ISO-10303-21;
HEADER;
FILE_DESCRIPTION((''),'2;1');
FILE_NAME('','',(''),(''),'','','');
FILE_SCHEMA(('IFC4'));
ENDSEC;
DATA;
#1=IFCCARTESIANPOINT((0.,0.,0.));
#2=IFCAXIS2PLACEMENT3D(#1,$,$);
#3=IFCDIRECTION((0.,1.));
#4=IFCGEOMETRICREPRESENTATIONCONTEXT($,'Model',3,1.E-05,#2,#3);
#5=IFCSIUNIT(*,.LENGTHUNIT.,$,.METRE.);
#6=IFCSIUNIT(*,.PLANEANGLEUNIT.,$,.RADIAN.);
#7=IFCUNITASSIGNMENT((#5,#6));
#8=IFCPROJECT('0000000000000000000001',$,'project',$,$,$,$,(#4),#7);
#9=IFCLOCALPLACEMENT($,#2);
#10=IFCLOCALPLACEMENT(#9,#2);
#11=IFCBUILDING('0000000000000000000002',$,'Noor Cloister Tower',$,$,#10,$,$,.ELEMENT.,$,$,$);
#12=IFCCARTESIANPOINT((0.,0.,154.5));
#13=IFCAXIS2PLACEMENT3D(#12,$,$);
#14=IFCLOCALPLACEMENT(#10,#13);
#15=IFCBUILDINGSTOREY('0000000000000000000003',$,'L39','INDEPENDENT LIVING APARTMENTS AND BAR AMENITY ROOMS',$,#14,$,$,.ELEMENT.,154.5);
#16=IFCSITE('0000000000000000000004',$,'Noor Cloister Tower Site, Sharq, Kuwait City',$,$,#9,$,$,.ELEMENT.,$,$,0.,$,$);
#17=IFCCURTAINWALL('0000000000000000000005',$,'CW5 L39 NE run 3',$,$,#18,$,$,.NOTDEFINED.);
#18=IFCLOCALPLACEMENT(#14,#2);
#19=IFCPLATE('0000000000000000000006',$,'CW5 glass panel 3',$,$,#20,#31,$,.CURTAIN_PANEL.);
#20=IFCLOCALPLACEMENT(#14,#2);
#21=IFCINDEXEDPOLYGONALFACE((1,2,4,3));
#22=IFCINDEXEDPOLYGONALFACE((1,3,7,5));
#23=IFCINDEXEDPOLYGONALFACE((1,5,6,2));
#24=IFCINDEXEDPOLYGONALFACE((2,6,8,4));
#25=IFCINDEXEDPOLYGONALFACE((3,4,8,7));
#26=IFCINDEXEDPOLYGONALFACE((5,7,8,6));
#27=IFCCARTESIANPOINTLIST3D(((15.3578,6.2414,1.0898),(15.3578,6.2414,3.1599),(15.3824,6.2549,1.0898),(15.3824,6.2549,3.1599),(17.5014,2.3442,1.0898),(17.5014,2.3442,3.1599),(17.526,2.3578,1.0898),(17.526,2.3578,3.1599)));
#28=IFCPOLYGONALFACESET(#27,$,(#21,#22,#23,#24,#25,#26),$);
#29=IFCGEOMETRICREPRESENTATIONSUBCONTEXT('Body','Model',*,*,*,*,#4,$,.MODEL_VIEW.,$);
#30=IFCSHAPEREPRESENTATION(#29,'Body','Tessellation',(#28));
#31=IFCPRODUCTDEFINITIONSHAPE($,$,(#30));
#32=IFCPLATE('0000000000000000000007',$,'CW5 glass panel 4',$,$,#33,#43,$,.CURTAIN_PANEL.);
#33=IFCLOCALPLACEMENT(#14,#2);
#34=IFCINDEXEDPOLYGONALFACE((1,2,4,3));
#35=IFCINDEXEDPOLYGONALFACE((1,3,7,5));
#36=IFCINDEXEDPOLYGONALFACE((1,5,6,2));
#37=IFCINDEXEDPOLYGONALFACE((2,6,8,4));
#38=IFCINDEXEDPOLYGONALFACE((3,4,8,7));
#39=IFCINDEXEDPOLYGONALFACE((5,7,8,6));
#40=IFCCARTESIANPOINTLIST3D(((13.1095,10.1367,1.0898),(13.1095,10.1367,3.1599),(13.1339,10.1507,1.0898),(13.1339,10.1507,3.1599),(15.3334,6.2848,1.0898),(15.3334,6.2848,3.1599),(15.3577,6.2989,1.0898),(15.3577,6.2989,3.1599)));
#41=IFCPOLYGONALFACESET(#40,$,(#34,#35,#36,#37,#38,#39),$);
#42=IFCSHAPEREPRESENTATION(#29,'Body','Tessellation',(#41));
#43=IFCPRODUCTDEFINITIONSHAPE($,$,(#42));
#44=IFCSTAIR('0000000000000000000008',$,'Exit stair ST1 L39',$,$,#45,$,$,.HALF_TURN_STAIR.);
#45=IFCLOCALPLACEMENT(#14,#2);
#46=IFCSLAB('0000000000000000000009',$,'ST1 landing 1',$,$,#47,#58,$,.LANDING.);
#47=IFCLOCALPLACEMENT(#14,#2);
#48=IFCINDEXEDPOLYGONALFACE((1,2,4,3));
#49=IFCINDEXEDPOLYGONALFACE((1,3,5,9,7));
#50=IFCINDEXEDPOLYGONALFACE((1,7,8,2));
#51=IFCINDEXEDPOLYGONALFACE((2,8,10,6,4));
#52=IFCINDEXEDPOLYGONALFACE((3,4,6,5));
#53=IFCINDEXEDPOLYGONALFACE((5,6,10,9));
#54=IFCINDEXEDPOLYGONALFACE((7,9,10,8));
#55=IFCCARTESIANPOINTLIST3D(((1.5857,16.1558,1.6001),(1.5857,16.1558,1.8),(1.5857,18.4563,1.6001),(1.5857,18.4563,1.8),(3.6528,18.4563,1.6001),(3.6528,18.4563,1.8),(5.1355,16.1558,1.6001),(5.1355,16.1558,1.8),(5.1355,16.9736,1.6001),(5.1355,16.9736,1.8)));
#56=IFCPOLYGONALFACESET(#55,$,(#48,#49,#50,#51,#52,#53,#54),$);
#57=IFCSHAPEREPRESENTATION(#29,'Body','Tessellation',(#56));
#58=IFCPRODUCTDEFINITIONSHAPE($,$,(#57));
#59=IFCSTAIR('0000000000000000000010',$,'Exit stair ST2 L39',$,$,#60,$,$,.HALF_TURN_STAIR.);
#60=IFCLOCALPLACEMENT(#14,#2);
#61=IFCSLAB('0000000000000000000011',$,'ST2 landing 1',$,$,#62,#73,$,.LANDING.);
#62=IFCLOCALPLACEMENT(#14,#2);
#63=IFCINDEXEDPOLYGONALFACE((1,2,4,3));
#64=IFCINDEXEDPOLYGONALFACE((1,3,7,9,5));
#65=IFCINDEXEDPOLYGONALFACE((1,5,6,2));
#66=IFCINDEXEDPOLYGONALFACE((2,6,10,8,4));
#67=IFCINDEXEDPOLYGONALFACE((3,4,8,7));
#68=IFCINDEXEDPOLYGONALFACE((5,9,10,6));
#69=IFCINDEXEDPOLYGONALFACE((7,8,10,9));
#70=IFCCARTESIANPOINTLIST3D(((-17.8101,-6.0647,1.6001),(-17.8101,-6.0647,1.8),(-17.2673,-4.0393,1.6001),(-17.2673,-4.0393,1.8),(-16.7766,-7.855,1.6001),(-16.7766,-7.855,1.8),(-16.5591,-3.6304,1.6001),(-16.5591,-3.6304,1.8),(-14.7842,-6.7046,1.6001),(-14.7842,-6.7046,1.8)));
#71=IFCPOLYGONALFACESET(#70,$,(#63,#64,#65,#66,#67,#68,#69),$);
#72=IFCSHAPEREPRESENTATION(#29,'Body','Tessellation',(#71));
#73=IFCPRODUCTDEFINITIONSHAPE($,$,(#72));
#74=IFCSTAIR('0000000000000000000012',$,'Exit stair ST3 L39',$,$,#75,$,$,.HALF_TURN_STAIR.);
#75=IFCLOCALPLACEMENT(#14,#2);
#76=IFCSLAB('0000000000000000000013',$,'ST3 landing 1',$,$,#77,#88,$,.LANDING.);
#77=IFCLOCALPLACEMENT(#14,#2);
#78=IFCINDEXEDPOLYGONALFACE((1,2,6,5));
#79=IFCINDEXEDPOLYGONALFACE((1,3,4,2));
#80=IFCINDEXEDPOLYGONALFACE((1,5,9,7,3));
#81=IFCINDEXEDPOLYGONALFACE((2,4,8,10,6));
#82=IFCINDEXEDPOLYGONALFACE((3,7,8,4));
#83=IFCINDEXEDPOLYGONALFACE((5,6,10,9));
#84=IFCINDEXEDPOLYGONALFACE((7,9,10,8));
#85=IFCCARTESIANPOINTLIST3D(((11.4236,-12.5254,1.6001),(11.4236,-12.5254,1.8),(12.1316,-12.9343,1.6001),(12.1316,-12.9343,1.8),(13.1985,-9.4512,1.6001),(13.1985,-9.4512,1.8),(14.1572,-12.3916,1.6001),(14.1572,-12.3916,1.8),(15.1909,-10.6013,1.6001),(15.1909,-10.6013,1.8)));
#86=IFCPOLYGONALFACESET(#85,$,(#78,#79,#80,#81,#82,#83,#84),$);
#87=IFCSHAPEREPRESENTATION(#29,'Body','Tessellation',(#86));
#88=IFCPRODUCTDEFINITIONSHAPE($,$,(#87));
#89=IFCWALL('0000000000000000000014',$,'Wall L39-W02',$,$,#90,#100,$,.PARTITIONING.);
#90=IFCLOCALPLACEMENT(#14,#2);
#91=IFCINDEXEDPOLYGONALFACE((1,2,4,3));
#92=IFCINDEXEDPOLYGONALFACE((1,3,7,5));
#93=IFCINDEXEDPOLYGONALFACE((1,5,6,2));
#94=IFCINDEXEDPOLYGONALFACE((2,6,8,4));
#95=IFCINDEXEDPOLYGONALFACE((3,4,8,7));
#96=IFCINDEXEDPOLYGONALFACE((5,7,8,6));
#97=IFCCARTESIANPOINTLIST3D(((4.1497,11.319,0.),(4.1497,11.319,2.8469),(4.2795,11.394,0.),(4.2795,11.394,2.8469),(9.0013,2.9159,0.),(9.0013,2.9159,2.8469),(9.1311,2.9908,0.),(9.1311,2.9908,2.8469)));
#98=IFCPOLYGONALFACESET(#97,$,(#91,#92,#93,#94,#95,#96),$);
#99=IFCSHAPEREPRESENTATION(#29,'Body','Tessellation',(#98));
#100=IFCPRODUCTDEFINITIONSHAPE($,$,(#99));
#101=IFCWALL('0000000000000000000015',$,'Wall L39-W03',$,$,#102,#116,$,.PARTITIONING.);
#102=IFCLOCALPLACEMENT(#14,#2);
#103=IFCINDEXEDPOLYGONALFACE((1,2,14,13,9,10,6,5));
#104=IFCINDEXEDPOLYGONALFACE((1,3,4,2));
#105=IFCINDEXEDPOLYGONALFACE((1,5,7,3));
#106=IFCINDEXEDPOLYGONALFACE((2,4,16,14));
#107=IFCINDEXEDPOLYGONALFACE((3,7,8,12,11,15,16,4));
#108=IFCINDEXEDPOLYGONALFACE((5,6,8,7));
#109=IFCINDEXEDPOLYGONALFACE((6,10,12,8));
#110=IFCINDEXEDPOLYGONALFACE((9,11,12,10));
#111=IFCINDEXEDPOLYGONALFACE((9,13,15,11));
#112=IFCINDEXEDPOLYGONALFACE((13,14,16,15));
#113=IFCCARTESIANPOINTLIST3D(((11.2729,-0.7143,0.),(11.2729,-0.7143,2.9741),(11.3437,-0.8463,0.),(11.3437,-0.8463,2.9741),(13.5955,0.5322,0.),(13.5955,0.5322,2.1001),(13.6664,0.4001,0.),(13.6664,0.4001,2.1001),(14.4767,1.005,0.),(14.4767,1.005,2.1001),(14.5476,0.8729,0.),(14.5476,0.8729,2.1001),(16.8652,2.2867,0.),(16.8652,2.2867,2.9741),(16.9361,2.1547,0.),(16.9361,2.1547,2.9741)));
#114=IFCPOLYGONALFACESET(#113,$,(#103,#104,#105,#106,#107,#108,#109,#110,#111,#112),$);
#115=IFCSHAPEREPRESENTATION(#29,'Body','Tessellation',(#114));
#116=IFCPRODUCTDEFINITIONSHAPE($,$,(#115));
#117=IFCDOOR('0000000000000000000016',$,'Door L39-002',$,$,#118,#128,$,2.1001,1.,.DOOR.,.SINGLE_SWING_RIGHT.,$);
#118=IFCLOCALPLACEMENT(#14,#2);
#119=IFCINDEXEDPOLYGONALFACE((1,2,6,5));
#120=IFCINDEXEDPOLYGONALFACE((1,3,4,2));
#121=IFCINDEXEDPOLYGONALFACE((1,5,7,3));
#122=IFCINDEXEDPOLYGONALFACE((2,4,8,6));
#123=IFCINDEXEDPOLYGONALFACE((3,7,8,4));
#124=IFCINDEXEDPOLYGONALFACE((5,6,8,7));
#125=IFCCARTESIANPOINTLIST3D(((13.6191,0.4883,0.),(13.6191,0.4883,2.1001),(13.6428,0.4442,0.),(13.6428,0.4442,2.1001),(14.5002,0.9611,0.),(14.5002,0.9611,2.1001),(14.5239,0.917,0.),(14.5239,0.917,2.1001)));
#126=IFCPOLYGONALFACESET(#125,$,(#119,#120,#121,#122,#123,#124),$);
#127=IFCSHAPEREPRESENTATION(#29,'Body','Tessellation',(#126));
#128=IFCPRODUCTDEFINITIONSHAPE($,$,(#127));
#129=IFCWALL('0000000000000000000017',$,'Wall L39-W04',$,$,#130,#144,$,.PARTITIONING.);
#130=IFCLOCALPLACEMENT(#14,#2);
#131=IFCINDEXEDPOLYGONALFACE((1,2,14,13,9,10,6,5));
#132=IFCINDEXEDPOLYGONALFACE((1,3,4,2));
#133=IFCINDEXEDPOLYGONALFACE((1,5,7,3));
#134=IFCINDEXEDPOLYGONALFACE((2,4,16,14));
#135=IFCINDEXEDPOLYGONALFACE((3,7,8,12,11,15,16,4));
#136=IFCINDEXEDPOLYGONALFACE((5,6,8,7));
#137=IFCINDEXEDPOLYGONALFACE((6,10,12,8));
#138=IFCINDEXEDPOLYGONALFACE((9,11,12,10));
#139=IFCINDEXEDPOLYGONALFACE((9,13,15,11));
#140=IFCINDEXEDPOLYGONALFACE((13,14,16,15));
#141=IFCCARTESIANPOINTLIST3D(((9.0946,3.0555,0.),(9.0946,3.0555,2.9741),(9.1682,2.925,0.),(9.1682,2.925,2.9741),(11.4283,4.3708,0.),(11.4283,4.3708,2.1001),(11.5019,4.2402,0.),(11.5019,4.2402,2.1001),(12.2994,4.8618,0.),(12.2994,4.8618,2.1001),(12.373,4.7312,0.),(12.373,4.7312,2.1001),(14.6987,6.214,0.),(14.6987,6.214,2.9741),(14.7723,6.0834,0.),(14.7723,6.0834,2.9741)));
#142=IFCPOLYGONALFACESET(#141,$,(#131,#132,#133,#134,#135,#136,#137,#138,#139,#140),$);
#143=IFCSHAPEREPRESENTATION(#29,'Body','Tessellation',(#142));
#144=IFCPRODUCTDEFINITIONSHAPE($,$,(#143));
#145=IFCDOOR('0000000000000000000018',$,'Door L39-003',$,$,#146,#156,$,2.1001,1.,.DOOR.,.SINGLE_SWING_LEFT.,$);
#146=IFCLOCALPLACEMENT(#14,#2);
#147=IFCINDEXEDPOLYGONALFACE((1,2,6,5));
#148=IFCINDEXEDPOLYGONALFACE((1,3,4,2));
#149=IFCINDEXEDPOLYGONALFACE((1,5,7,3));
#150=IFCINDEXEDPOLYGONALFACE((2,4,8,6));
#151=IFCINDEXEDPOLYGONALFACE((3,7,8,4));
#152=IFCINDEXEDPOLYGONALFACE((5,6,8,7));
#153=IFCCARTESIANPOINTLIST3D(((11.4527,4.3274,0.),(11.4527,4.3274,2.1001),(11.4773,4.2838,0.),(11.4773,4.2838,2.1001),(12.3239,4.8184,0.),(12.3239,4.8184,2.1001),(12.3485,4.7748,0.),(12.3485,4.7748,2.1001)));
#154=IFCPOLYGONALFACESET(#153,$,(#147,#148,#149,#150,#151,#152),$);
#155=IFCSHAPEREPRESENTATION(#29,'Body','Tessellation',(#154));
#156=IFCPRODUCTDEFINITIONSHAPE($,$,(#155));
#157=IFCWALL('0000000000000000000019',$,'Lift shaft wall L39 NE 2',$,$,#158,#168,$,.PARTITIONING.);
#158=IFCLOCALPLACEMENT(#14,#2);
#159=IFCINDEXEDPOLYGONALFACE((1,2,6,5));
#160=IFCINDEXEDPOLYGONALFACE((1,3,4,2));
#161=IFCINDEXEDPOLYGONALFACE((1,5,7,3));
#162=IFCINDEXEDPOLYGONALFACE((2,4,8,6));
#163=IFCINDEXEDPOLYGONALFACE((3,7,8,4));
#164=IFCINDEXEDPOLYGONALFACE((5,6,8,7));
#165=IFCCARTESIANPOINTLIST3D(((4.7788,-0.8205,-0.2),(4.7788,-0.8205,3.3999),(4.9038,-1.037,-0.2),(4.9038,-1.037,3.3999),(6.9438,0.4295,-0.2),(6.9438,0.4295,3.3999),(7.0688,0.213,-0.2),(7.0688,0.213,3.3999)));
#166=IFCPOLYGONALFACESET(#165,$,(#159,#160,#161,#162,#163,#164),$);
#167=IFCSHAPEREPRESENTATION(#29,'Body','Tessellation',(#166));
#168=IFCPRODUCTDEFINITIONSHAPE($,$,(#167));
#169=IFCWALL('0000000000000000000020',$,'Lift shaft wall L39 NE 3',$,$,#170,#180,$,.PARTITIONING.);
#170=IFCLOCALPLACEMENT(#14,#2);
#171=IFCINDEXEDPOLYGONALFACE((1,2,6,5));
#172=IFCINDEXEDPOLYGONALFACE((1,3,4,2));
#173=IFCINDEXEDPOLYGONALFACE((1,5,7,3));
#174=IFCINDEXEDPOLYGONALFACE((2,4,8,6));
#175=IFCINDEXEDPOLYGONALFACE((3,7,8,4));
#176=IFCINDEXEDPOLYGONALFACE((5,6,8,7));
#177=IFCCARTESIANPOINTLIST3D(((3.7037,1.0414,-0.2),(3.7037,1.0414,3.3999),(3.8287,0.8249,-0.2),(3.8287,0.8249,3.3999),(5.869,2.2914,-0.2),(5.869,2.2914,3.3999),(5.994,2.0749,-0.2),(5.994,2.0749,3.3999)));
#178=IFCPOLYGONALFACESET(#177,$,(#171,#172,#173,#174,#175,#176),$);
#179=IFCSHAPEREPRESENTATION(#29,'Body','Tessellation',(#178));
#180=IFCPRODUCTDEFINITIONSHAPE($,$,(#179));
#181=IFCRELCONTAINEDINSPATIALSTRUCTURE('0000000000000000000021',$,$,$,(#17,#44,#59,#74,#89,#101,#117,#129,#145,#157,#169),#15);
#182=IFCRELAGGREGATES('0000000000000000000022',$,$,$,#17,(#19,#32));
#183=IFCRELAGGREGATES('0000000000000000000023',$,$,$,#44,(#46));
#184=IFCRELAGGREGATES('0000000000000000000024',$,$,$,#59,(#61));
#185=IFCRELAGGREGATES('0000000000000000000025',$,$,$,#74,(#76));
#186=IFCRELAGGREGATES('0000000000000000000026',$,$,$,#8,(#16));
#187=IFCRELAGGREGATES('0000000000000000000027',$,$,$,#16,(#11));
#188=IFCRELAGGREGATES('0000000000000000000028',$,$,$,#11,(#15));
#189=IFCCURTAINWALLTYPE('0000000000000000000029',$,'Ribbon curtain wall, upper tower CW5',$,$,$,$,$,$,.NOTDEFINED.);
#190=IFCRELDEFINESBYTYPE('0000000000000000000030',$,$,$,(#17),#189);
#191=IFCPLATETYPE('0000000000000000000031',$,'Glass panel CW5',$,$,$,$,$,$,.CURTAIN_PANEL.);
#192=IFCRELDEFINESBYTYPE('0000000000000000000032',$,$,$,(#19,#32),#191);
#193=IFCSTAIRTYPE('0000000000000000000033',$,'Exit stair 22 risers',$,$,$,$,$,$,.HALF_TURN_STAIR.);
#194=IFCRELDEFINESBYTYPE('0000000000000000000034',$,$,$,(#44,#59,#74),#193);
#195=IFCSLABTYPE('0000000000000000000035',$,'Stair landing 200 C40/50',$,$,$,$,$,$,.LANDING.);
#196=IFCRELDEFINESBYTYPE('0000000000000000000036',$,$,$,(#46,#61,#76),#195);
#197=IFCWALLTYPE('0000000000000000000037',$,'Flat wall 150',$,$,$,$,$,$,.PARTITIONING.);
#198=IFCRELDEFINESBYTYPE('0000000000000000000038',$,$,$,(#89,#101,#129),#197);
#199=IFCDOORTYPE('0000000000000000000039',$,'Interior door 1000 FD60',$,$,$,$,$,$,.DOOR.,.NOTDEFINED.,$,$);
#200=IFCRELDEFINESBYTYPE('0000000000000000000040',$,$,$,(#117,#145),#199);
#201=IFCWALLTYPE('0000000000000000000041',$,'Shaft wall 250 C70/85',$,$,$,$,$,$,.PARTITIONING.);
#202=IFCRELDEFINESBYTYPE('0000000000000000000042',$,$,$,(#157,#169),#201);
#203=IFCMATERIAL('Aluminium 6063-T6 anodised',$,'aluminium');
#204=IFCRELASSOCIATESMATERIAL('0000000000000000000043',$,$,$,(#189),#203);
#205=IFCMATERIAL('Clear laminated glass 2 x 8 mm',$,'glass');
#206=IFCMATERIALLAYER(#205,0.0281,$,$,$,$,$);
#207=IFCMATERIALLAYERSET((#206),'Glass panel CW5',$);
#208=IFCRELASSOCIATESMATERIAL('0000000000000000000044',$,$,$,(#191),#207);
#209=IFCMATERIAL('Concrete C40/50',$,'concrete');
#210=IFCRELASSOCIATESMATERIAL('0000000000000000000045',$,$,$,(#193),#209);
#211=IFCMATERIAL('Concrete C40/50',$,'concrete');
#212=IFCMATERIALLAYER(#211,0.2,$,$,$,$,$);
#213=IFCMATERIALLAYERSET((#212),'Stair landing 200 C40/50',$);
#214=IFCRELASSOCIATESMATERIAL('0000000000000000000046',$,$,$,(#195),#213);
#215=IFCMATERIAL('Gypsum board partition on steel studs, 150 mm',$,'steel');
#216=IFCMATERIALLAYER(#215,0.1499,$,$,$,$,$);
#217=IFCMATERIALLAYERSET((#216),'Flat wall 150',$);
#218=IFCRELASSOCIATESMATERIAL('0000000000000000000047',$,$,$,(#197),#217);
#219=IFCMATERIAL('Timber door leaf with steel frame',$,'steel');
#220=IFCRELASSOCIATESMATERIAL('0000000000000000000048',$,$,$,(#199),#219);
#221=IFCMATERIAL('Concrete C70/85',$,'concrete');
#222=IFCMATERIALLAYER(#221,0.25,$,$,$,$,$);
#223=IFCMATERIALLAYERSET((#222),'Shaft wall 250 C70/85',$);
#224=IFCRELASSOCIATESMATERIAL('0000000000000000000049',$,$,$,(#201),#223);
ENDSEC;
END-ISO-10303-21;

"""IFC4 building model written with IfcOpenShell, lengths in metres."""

from ifc_helpers import new_model, si_unit, direction, frame, frame_2d, origin, origin_2d, place, context, subcontext, project, spatial, polyline, rectangle, outline, extrude, material, layer, layer_set, type_object, element, fill, aggregate, save


model = new_model("IFC4")

# Units and contexts
model_context = context("Model", 3, precision=1e-05, world=origin(), true_north=direction((0.0, 1.0)))
body_context = subcontext(model_context, "Body", "Model", "MODEL_VIEW")
ifc_project = project(units=[si_unit("LENGTHUNIT", "METRE"), si_unit("PLANEANGLEUNIT", "RADIAN")], contexts=[model_context])

# Site, building, storey
site_placement = place(None, origin())
site = spatial("IfcSite", under=ifc_project, at=site_placement, Name="Noor Cloister Tower Site, Sharq, Kuwait City", CompositionType="ELEMENT", RefElevation=0.0)
building_placement = place(site_placement, origin())
building = spatial("IfcBuilding", under=site, at=building_placement, Name="Noor Cloister Tower", CompositionType="ELEMENT")
storey_placement = place(building_placement, frame((0.0, 0.0, 154.5)))
storey = spatial("IfcBuildingStorey", under=building, at=storey_placement, Name="L39", Description="INDEPENDENT LIVING APARTMENTS AND BAR AMENITY ROOMS", CompositionType="ELEMENT", Elevation=154.5)

# Curtain wall
ifc_material_1 = material(Name="Aluminium 6063-T6 anodised", Category="aluminium")
curtain_wall_type = type_object("IfcCurtainWallType", Name="Ribbon curtain wall, upper tower CW5", PredefinedType="NOTDEFINED", material=ifc_material_1)
curtain_wall_placement = place(storey_placement, origin())
curtain_wall = element("IfcCurtainWall", 1, at=curtain_wall_placement, inside=storey, type_object=curtain_wall_type, Name="CW5 L39 NE run 3", PredefinedType="NOTDEFINED")

# Plates
ifc_material_2 = material(Name="Clear laminated glass 2 x 8 mm", Category="glass")
ifc_layer_1 = layer(ifc_material_2, 0.0281)
ifc_layer_set_1 = layer_set([ifc_layer_1], Name="Glass panel CW5")
plate_type = type_object("IfcPlateType", Name="Glass panel CW5", PredefinedType="CURTAIN_PANEL", material=ifc_layer_set_1)
plate_1_placement = place(storey_placement, frame((16.4419, 4.2996, 1.0898), z_axis=(0.0, 0.0, 1.0), x_axis=(-0.481942, 0.876203, 0.0)))
plate_1 = element("IfcPlate", 2, at=plate_1_placement, type_object=plate_type, Name="CW5 glass panel 3", PredefinedType="CURTAIN_PANEL", context=body_context, shape_type="SweptSolid", body=[
    extrude(rectangle(XDim=4.4478, YDim=0.0281, at=origin_2d()), origin(), (0.0, 0.0, 1.0), 2.0701),
])
plate_2_placement = place(storey_placement, frame((14.2336, 8.2178, 1.0898), z_axis=(0.0, 0.0, 1.0), x_axis=(-0.5, 0.866025, 0.0)))
plate_2 = element("IfcPlate", 3, at=plate_2_placement, type_object=plate_type, Name="CW5 glass panel 4", PredefinedType="CURTAIN_PANEL", context=body_context, shape_type="SweptSolid", body=[
    extrude(rectangle(XDim=4.4478, YDim=0.0281, at=origin_2d()), origin(), (0.0, 0.0, 1.0), 2.0701),
])
aggregate(curtain_wall, [plate_1, plate_2])

# Stairs, slabs
ifc_material_3 = material(Name="Concrete C40/50", Category="concrete")
stair_type = type_object("IfcStairType", Name="Exit stair 22 risers", PredefinedType="HALF_TURN_STAIR", material=ifc_material_3)
stair_1_placement = place(storey_placement, origin())
stair_1 = element("IfcStair", 4, at=stair_1_placement, inside=storey, type_object=stair_type, Name="Exit stair ST1 L39", PredefinedType="HALF_TURN_STAIR")
ifc_material_4 = material(Name="Concrete C40/50", Category="concrete")
ifc_layer_2 = layer(ifc_material_4, 0.2)
ifc_layer_set_2 = layer_set([ifc_layer_2], Name="Stair landing 200 C40/50")
slab_type_1 = type_object("IfcSlabType", Name="Stair landing 200 C40/50", PredefinedType="LANDING", material=ifc_layer_set_2)
slab_1_placement = place(storey_placement, frame((0.0, 0.0, 1.6001)))
slab_1 = element("IfcSlab", 5, at=slab_1_placement, type_object=slab_type_1, Name="ST1 landing 1", PredefinedType="LANDING", context=body_context, shape_type="SweptSolid", body=[
    extrude(outline(polyline([(5.1355, 16.1558), (5.1355, 16.9736), (3.6528, 18.4563), (1.5857, 18.4563), (1.5857, 16.1558), (5.1355, 16.1558)])), origin(), (0.0, 0.0, 1.0), 0.2),
])
aggregate(stair_1, [slab_1])
stair_2_placement = place(storey_placement, origin())
stair_2 = element("IfcStair", 6, at=stair_2_placement, inside=storey, type_object=stair_type, Name="Exit stair ST2 L39", PredefinedType="HALF_TURN_STAIR")
slab_2_placement = place(storey_placement, frame((0.0, 0.0, 1.6001)))
slab_2 = element("IfcSlab", 7, at=slab_2_placement, type_object=slab_type_1, Name="ST2 landing 1", PredefinedType="LANDING", context=body_context, shape_type="SweptSolid", body=[
    extrude(outline(polyline([(-16.5591, -3.6304), (-17.2673, -4.0393), (-17.8101, -6.0647), (-16.7766, -7.855), (-14.7842, -6.7046), (-16.5591, -3.6304)])), origin(), (0.0, 0.0, 1.0), 0.2),
])
aggregate(stair_2, [slab_2])
stair_3_placement = place(storey_placement, origin())
stair_3 = element("IfcStair", 8, at=stair_3_placement, inside=storey, type_object=stair_type, Name="Exit stair ST3 L39", PredefinedType="HALF_TURN_STAIR")
slab_3_placement = place(storey_placement, frame((0.0, 0.0, 1.6001)))
slab_3 = element("IfcSlab", 9, at=slab_3_placement, type_object=slab_type_1, Name="ST3 landing 1", PredefinedType="LANDING", context=body_context, shape_type="SweptSolid", body=[
    extrude(outline(polyline([(11.4236, -12.5254), (12.1316, -12.9343), (14.1572, -12.3916), (15.1909, -10.6013), (13.1985, -9.4512), (11.4236, -12.5254)])), origin(), (0.0, 0.0, 1.0), 0.2),
])
aggregate(stair_3, [slab_3])

# Wall
ifc_material_5 = material(Name="Gypsum board partition on steel studs, 150 mm", Category="steel")
ifc_layer_3 = layer(ifc_material_5, 0.1499)
ifc_layer_set_3 = layer_set([ifc_layer_3], Name="Flat wall 150")
wall_type_1 = type_object("IfcWallType", Name="Flat wall 150", PredefinedType="PARTITIONING", material=ifc_layer_set_3)
wall_1_placement = place(storey_placement, frame((9.0662, 2.9534, 0.0), z_axis=(0.0, 0.0, 1.0), x_axis=(-0.500003, 0.866023, 0.0)))
element("IfcWall", 10, at=wall_1_placement, inside=storey, type_object=wall_type_1, Name="Wall L39-W02", PredefinedType="PARTITIONING", context=body_context, shape_type="SweptSolid", body=[
    extrude(rectangle(XDim=9.7031, YDim=0.1499, at=frame_2d((4.8516, 0.0))), origin(), (0.0, 0.0, 1.0), 2.8469),
])

# Walls, openings, doors
wall_2_placement = place(storey_placement, frame((16.9006, 2.2207, 0.0), z_axis=(0.0, 0.0, 1.0), x_axis=(-0.881145, -0.472847, 0.0)))
wall_2 = element("IfcWall", 11, at=wall_2_placement, inside=storey, type_object=wall_type_1, Name="Wall L39-W03", PredefinedType="PARTITIONING", context=body_context, shape_type="SweptSolid", body=[
    extrude(rectangle(XDim=6.3467, YDim=0.1499, at=frame_2d((3.1733, 0.0))), origin(), (0.0, 0.0, 1.0), 2.9741),
])
opening_1_placement = place(wall_2_placement, frame((2.7107, 0.0, 0.0)))
opening_1 = element("IfcOpeningElement", 12, at=opening_1_placement, cuts=wall_2, PredefinedType="OPENING", context=body_context, shape_type="SweptSolid", body=[
    extrude(rectangle(XDim=1.0, YDim=2.1001, at=frame_2d((0.5, 1.05))), frame((0.0, 0.085, 0.0), z_axis=(0.0, -1.0, 0.0), x_axis=(1.0, 0.0, 0.0)), (0.0, 0.0, 1.0), 0.1699),
])
ifc_material_6 = material(Name="Timber door leaf with steel frame", Category="steel")
door_type = type_object("IfcDoorType", Name="Interior door 1000 FD60", OperationType="NOTDEFINED", PredefinedType="DOOR", material=ifc_material_6)
door_1_placement = place(opening_1_placement, origin())
door_1 = element("IfcDoor", 13, at=door_1_placement, inside=storey, type_object=door_type, Name="Door L39-002", OperationType="SINGLE_SWING_RIGHT", OverallHeight=2.1001, OverallWidth=1.0, PredefinedType="DOOR", context=body_context, shape_type="SweptSolid", body=[
    extrude(rectangle(XDim=1.0, YDim=2.1001, at=frame_2d((0.5, 1.05))), frame((0.0, 0.0249, 0.0), z_axis=(0.0, -1.0, 0.0), x_axis=(1.0, 0.0, 0.0)), (0.0, 0.0, 1.0), 0.05),
])
fill(opening_1, door_1)
wall_3_placement = place(storey_placement, frame((14.7354, 6.1487, 0.0), z_axis=(0.0, 0.0, 1.0), x_axis=(-0.871164, -0.490993, 0.0)))
wall_3 = element("IfcWall", 14, at=wall_3_placement, inside=storey, type_object=wall_type_1, Name="Wall L39-W04", PredefinedType="PARTITIONING", context=body_context, shape_type="SweptSolid", body=[
    extrude(rectangle(XDim=6.4329, YDim=0.1499, at=frame_2d((3.2163, 0.0))), origin(), (0.0, 0.0, 1.0), 2.9741),
])
opening_2_placement = place(wall_3_placement, frame((2.7539, 0.0, 0.0)))
opening_2 = element("IfcOpeningElement", 15, at=opening_2_placement, cuts=wall_3, PredefinedType="OPENING", context=body_context, shape_type="SweptSolid", body=[
    extrude(rectangle(XDim=1.0, YDim=2.1001, at=frame_2d((0.5, 1.05))), frame((0.0, 0.085, 0.0), z_axis=(0.0, -1.0, 0.0), x_axis=(1.0, 0.0, 0.0)), (0.0, 0.0, 1.0), 0.1699),
])
door_2_placement = place(opening_2_placement, origin())
door_2 = element("IfcDoor", 16, at=door_2_placement, inside=storey, type_object=door_type, Name="Door L39-003", OperationType="SINGLE_SWING_LEFT", OverallHeight=2.1001, OverallWidth=1.0, PredefinedType="DOOR", context=body_context, shape_type="SweptSolid", body=[
    extrude(rectangle(XDim=1.0, YDim=2.1001, at=frame_2d((0.5, 1.05))), frame((0.0, 0.0249, 0.0), z_axis=(0.0, -1.0, 0.0), x_axis=(1.0, 0.0, 0.0)), (0.0, 0.0, 1.0), 0.05),
])
fill(opening_2, door_2)

# Walls
ifc_material_7 = material(Name="Concrete C70/85", Category="concrete")
ifc_layer_4 = layer(ifc_material_7, 0.25)
ifc_layer_set_4 = layer_set([ifc_layer_4], Name="Shaft wall 250 C70/85")
wall_type_2 = type_object("IfcWallType", Name="Shaft wall 250 C70/85", PredefinedType="PARTITIONING", material=ifc_layer_set_4)
wall_4_placement = place(storey_placement, frame((7.0063, 0.3213, -0.2), z_axis=(0.0, 0.0, 1.0), x_axis=(-0.866023, -0.500004, 0.0)))
element("IfcWall", 17, at=wall_4_placement, inside=storey, type_object=wall_type_2, Name="Lift shaft wall L39 NE 2", PredefinedType="PARTITIONING", context=body_context, shape_type="SweptSolid", body=[
    extrude(rectangle(XDim=2.5, YDim=0.25, at=frame_2d((1.25, 0.0))), origin(), (0.0, 0.0, 1.0), 3.5999),
])
wall_5_placement = place(storey_placement, frame((5.9314, 2.1831, -0.2), z_axis=(0.0, 0.0, 1.0), x_axis=(-0.866047, -0.499962, 0.0)))
element("IfcWall", 18, at=wall_5_placement, inside=storey, type_object=wall_type_2, Name="Lift shaft wall L39 NE 3", PredefinedType="PARTITIONING", context=body_context, shape_type="SweptSolid", body=[
    extrude(rectangle(XDim=2.5002, YDim=0.25, at=frame_2d((1.25, 0.0))), origin(), (0.0, 0.0, 1.0), 3.5999),
])

save(model, "model.ifc")
